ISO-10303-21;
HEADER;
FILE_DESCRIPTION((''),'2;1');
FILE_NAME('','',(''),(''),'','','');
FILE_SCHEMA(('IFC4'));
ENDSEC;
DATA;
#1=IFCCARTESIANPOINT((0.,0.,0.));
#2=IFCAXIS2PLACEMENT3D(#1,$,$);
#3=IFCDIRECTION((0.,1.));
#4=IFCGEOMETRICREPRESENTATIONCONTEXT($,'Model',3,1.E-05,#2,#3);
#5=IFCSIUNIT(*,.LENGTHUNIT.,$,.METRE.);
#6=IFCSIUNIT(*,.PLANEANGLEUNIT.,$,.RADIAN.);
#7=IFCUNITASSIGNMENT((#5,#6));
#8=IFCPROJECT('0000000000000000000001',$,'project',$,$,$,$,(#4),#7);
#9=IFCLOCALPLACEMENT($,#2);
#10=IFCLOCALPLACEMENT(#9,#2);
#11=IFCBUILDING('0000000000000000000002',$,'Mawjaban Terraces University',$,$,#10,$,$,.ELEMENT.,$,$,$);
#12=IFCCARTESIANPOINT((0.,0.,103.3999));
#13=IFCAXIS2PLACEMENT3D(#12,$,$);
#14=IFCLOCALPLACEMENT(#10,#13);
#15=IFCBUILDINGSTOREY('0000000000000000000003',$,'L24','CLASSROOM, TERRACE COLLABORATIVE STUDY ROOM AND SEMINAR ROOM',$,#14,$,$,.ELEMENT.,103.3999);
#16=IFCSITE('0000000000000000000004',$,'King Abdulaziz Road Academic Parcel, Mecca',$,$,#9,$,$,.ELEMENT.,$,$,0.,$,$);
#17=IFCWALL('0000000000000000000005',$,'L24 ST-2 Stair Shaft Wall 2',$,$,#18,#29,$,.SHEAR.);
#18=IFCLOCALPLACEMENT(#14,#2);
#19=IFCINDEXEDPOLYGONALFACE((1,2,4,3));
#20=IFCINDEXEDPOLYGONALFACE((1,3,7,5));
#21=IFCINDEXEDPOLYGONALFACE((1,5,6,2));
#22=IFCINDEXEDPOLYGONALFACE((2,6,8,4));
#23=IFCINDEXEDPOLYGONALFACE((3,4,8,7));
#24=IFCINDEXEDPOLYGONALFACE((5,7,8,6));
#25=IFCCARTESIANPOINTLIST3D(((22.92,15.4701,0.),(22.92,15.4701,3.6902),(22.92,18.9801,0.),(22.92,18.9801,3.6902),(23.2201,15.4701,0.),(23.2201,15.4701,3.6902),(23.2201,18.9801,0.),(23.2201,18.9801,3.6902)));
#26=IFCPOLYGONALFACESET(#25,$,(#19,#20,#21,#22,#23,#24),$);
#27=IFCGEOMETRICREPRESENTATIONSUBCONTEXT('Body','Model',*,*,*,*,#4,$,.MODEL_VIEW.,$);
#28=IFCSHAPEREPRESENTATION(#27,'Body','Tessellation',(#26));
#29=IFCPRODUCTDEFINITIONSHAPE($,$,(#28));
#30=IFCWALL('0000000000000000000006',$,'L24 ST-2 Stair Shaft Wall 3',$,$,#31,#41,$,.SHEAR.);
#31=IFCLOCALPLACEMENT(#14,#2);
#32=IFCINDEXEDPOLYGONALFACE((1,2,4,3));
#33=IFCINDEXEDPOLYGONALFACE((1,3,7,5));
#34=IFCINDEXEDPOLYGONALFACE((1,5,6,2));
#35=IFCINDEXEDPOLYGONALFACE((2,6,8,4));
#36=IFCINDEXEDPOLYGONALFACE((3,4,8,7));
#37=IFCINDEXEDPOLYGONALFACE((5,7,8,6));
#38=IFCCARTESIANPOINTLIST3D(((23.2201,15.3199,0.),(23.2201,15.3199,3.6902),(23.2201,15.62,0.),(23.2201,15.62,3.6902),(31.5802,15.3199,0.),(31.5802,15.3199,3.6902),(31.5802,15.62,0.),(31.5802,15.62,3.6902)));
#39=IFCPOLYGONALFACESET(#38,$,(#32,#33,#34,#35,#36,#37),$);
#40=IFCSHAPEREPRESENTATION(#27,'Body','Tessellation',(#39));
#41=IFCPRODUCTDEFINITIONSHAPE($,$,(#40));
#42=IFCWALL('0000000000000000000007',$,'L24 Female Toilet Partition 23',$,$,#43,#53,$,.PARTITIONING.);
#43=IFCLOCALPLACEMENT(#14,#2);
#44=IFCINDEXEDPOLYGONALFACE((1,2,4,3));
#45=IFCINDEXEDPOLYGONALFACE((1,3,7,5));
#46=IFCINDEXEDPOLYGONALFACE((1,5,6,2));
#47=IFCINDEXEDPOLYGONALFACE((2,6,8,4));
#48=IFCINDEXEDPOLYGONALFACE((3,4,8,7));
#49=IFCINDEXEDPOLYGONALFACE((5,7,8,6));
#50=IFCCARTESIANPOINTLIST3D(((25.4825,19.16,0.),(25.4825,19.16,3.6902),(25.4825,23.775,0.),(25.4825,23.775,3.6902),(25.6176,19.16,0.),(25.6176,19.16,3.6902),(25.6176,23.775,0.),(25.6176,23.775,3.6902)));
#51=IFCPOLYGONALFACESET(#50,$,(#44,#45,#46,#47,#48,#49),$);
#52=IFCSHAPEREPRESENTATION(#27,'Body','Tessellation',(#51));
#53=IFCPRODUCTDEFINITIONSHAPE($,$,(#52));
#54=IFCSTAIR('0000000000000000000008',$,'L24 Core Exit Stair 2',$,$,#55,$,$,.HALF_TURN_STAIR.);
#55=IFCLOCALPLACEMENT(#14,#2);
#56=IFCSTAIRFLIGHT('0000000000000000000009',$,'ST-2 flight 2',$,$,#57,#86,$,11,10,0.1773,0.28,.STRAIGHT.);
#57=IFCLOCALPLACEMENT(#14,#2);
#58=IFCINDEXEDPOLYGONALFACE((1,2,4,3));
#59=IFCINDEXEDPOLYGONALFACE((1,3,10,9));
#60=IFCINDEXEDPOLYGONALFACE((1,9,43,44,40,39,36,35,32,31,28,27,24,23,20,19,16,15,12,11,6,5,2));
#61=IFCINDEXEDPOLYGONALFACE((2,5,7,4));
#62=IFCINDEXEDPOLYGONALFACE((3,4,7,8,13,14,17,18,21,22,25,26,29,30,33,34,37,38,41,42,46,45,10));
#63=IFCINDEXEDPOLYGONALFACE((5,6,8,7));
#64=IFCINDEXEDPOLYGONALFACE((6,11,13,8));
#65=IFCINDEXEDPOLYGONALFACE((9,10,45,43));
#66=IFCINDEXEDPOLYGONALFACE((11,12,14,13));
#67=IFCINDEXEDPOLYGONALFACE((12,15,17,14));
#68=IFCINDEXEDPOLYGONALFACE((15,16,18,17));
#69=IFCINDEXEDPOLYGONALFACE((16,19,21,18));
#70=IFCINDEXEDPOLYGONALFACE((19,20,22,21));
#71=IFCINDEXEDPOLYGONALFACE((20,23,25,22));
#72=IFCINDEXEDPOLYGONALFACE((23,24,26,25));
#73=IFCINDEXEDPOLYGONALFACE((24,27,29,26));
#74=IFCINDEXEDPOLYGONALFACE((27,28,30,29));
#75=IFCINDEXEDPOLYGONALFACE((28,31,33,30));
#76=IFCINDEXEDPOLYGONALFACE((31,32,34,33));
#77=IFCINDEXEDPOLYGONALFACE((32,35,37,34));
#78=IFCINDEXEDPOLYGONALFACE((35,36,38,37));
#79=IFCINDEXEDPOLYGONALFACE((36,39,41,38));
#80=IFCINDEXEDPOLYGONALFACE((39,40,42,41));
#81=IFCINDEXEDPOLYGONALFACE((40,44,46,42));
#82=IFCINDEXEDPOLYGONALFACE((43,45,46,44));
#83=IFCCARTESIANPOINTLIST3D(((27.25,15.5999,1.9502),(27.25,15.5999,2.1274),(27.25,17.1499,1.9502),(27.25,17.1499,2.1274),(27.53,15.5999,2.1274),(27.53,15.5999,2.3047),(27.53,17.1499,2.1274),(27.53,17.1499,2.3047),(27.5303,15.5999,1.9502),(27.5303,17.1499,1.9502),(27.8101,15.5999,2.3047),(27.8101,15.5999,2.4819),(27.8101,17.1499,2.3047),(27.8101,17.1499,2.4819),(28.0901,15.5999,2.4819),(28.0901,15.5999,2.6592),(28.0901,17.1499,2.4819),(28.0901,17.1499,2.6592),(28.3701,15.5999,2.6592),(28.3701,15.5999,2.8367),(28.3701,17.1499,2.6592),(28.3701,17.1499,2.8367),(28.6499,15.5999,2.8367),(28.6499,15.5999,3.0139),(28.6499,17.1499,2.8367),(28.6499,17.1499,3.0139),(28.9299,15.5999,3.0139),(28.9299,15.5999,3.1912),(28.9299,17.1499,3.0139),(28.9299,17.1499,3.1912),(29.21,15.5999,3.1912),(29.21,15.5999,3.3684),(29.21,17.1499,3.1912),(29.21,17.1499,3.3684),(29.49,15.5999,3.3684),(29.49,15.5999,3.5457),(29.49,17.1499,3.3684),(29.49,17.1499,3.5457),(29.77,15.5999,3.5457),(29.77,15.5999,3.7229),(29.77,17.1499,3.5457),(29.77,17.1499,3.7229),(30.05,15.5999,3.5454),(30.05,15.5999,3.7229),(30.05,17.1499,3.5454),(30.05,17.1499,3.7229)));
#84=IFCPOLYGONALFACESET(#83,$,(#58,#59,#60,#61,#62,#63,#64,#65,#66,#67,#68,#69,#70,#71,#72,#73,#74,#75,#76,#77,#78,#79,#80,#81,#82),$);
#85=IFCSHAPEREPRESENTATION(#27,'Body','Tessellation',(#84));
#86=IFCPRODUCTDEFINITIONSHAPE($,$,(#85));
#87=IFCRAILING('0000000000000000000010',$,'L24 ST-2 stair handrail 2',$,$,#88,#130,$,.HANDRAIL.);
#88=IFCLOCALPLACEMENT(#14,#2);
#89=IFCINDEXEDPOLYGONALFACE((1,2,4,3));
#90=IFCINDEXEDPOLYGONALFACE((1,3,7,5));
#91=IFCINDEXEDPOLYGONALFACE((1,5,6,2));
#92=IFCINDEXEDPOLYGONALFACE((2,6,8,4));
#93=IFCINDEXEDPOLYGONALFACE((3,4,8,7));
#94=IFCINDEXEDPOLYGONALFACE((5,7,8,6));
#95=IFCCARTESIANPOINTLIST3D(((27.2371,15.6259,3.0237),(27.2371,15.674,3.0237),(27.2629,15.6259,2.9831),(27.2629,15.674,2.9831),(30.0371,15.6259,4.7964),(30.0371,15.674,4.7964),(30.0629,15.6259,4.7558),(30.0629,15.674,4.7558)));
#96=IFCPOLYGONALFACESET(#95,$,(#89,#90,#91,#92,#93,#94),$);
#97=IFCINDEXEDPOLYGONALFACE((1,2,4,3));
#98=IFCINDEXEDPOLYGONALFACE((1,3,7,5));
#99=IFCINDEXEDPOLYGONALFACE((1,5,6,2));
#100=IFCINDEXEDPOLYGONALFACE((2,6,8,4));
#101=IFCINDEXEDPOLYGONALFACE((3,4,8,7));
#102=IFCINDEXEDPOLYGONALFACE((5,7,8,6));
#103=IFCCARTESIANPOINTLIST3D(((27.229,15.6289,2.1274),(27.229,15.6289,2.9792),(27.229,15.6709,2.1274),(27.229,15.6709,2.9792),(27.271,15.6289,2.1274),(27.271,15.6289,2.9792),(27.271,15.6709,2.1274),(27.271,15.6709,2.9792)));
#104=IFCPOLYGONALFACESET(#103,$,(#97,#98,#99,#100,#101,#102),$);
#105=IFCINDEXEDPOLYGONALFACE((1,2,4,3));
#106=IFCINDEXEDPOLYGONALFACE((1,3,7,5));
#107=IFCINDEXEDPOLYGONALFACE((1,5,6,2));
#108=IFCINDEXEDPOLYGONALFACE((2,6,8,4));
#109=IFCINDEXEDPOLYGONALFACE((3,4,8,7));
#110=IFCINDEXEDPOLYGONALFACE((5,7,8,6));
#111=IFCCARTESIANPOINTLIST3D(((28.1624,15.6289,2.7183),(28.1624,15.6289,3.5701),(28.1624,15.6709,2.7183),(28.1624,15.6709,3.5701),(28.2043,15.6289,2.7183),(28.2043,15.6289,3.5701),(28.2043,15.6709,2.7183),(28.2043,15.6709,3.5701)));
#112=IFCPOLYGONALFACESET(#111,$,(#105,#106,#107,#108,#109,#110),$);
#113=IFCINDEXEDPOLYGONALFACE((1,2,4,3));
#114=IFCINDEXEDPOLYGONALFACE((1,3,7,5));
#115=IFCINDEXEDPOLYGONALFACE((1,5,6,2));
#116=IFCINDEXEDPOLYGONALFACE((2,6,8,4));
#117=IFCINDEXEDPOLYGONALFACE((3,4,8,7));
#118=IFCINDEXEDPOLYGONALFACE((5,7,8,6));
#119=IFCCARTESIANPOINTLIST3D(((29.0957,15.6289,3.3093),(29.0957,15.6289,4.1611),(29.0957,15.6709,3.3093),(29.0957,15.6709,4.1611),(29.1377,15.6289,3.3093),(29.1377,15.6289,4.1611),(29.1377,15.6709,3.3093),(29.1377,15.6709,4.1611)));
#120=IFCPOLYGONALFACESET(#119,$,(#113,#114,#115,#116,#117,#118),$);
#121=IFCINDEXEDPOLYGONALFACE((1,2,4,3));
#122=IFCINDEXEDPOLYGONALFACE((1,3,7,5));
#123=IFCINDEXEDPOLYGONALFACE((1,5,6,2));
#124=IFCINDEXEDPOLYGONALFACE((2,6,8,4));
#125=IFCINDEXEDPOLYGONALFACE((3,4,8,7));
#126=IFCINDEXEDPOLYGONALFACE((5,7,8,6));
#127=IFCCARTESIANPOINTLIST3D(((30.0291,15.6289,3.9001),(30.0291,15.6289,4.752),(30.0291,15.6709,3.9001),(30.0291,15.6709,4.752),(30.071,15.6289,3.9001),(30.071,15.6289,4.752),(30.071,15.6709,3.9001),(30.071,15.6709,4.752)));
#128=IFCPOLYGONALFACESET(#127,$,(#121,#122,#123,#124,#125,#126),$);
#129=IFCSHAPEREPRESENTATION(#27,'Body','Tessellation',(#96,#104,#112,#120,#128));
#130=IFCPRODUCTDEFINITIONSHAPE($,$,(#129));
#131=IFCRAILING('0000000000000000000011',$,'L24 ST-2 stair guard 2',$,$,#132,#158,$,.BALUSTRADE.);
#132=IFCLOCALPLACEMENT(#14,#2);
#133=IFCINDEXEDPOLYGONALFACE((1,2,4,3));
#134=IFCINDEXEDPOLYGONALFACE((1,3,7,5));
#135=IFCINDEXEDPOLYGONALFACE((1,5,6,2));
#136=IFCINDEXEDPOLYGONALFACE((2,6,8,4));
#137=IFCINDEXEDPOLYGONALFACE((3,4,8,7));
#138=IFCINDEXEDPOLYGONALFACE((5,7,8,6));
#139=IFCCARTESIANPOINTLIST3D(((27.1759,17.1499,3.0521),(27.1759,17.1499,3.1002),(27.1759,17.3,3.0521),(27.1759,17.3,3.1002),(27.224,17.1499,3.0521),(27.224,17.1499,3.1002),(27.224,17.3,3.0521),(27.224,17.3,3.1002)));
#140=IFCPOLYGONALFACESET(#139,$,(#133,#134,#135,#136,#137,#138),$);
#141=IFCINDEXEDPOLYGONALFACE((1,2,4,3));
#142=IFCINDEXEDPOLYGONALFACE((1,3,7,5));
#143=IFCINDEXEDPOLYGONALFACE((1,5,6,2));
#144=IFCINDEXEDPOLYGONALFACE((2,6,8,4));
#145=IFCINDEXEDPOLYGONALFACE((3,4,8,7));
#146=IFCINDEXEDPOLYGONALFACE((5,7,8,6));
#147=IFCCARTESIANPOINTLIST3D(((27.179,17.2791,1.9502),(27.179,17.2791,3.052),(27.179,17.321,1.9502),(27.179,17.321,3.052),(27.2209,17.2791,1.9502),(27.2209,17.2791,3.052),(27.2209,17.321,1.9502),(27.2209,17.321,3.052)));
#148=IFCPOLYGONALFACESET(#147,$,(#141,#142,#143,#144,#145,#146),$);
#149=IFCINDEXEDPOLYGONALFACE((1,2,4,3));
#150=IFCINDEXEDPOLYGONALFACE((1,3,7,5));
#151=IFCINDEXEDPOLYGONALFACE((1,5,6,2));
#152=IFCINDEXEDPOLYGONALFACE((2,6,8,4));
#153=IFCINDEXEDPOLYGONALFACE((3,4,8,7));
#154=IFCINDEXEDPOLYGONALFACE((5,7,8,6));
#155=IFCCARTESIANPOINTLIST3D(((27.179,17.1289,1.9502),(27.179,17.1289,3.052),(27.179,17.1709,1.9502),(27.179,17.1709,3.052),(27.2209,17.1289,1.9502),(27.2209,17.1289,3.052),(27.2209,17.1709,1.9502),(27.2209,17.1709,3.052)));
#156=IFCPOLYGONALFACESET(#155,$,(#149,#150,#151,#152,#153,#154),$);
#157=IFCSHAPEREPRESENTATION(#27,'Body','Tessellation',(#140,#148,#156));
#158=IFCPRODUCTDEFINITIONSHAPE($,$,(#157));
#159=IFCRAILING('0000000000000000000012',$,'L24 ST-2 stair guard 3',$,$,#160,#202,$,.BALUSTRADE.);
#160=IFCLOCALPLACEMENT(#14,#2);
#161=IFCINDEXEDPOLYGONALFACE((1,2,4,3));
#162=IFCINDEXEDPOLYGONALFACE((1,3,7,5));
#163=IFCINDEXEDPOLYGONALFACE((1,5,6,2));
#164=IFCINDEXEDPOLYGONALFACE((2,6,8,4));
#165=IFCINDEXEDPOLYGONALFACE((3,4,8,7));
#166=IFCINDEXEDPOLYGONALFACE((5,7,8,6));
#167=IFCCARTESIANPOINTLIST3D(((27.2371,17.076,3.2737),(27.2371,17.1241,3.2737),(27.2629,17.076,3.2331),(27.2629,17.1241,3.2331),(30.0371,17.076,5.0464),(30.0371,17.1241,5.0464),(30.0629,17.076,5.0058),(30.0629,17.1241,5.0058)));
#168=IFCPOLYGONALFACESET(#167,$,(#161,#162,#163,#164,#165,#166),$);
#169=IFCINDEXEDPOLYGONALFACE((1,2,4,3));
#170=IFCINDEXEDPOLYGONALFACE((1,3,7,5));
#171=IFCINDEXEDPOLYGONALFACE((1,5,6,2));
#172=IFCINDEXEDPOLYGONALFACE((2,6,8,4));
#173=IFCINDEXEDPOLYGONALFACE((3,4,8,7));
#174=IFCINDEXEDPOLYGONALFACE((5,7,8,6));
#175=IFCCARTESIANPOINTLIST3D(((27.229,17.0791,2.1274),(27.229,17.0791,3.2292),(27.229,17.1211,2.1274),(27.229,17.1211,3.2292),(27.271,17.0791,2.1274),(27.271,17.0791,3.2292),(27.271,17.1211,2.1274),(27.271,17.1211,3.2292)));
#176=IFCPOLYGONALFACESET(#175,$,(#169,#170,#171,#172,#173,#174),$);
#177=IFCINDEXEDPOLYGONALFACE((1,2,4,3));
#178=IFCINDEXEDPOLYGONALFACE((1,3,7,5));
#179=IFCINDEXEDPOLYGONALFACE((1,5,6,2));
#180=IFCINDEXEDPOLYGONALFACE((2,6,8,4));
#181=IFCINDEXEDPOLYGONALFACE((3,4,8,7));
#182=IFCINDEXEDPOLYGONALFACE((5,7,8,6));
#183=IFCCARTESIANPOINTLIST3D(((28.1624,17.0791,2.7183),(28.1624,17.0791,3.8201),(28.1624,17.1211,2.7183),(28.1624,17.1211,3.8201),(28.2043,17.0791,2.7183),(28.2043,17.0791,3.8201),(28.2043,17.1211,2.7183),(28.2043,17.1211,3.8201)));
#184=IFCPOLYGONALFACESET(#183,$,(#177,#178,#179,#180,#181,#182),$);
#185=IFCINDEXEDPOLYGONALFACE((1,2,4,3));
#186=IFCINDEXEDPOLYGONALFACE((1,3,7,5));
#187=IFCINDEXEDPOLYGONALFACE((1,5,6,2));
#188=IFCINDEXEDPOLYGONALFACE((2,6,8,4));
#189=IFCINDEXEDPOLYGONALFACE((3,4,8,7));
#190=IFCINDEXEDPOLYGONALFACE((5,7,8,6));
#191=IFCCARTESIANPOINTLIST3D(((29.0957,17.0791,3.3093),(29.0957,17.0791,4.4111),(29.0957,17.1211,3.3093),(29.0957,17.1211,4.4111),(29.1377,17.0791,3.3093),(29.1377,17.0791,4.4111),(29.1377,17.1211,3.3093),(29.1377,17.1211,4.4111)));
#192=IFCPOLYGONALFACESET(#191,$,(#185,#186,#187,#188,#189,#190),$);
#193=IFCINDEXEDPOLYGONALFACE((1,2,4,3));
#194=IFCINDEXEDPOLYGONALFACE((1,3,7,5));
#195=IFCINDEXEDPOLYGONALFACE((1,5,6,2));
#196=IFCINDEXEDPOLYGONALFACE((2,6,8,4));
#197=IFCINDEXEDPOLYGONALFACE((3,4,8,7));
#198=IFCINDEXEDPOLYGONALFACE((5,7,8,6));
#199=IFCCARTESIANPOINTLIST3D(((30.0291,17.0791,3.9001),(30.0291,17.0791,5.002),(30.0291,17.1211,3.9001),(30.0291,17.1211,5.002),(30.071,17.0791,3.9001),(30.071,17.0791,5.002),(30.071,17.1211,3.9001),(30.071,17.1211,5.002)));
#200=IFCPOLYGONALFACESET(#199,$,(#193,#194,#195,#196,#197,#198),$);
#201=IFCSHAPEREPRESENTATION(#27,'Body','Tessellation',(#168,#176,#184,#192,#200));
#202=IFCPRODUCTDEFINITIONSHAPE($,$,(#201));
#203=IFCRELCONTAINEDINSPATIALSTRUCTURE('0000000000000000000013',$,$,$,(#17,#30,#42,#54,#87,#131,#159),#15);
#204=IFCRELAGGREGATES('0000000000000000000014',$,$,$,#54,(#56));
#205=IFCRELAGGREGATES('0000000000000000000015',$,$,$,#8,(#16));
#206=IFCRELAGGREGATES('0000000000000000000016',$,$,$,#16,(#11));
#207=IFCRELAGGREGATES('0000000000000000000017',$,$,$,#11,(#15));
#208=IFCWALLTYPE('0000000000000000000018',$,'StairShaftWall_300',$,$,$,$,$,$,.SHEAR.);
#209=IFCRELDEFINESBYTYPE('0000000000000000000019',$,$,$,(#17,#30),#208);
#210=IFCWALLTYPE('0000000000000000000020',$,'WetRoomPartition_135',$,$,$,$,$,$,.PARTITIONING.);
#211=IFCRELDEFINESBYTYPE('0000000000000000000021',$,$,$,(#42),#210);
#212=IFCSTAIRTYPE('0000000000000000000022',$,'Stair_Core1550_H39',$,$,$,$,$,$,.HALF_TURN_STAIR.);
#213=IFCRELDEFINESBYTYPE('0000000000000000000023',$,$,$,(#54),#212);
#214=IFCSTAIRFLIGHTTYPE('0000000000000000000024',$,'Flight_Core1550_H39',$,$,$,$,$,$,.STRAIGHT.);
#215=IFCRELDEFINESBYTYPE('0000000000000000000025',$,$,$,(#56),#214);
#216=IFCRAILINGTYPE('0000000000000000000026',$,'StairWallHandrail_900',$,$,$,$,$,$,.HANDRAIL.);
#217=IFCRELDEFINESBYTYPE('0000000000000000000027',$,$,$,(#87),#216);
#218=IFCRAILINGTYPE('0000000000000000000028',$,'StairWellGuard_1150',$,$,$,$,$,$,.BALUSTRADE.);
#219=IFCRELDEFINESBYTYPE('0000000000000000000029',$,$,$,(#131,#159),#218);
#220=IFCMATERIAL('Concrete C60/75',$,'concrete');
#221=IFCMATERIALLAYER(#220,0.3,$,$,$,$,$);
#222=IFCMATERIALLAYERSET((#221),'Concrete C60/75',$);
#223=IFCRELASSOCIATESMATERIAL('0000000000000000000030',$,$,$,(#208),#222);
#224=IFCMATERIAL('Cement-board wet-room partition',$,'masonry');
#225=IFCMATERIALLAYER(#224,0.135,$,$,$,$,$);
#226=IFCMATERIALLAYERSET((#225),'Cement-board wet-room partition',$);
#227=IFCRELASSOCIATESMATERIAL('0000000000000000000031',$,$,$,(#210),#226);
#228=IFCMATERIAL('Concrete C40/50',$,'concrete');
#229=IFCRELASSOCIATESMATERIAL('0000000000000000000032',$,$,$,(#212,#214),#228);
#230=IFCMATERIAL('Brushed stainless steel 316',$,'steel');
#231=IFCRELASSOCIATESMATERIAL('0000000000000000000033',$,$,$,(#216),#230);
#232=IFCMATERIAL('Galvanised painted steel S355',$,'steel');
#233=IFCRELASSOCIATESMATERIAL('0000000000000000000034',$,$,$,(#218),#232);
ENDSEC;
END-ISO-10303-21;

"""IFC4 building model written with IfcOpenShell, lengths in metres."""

from ifc_helpers import new_model, si_unit, direction, frame, frame_2d, origin, origin_2d, place, context, subcontext, project, spatial, polyline, rectangle, outline, extrude, material, layer, layer_set, type_object, element, aggregate, save


model = new_model("IFC4")

# Units and contexts
model_context = context("Model", 3, precision=1e-05, world=origin(), true_north=direction((0.0, 1.0)))
body_context = subcontext(model_context, "Body", "Model", "MODEL_VIEW")
ifc_project = project(units=[si_unit("LENGTHUNIT", "METRE"), si_unit("PLANEANGLEUNIT", "RADIAN")], contexts=[model_context])

# Site, building, storey
site_placement = place(None, origin())
site = spatial("IfcSite", under=ifc_project, at=site_placement, Name="King Abdulaziz Road Academic Parcel, Mecca", CompositionType="ELEMENT", RefElevation=0.0)
building_placement = place(site_placement, origin())
building = spatial("IfcBuilding", under=site, at=building_placement, Name="Mawjaban Terraces University", CompositionType="ELEMENT")
storey_placement = place(building_placement, frame((0.0, 0.0, 103.3999)))
storey = spatial("IfcBuildingStorey", under=building, at=storey_placement, Name="L24", Description="CLASSROOM, TERRACE COLLABORATIVE STUDY ROOM AND SEMINAR ROOM", CompositionType="ELEMENT", Elevation=103.3999)

# Shared definitions
ifc_material_1 = material(Name="Concrete C60/75", Category="concrete")

# Walls
ifc_material_2 = material(Name="Concrete C40/50", Category="concrete")
ifc_layer_1 = layer(ifc_material_1, 0.3)
ifc_layer_set_1 = layer_set([ifc_layer_1], Name="Concrete C60/75")
wall_type_1 = type_object("IfcWallType", Name="StairShaftWall_300", PredefinedType="SHEAR", material=ifc_layer_set_1)
wall_1_placement = place(storey_placement, frame((23.0701, 18.98, 0.0), z_axis=(0.0, 0.0, 1.0), x_axis=(0.0, -1.0, 0.0)))
element("IfcWall", 1, at=wall_1_placement, inside=storey, type_object=wall_type_1, Name="L24 ST-2 Stair Shaft Wall 2", PredefinedType="SHEAR", context=body_context, shape_type="SweptSolid", body=[
    extrude(rectangle(XDim=3.51, YDim=0.3, at=frame_2d((1.7549, 0.0))), origin(), (0.0, 0.0, 1.0), 3.6902),
])
wall_2_placement = place(storey_placement, frame((23.22, 15.47, 0.0), z_axis=(0.0, 0.0, 1.0), x_axis=(1.0, 0.0, 0.0)))
element("IfcWall", 2, at=wall_2_placement, inside=storey, type_object=wall_type_1, Name="L24 ST-2 Stair Shaft Wall 3", PredefinedType="SHEAR", context=body_context, shape_type="SweptSolid", body=[
    extrude(rectangle(XDim=8.3601, YDim=0.3, at=frame_2d((4.1802, 0.0))), origin(), (0.0, 0.0, 1.0), 3.6902),
])
ifc_material_3 = material(Name="Cement-board wet-room partition", Category="masonry")
ifc_layer_2 = layer(ifc_material_3, 0.135)
ifc_layer_set_2 = layer_set([ifc_layer_2], Name="Cement-board wet-room partition")
wall_type_2 = type_object("IfcWallType", Name="WetRoomPartition_135", PredefinedType="PARTITIONING", material=ifc_layer_set_2)
wall_3_placement = place(storey_placement, frame((25.55, 19.1599, 0.0), z_axis=(0.0, 0.0, 1.0), x_axis=(0.0, 1.0, 0.0)))
element("IfcWall", 3, at=wall_3_placement, inside=storey, type_object=wall_type_2, Name="L24 Female Toilet Partition 23", PredefinedType="PARTITIONING", context=body_context, shape_type="SweptSolid", body=[
    extrude(rectangle(XDim=4.615, YDim=0.135, at=frame_2d((2.3076, 0.0))), origin(), (0.0, 0.0, 1.0), 3.6902),
])

# Stair, stair flight
stair_type = type_object("IfcStairType", Name="Stair_Core1550_H39", PredefinedType="HALF_TURN_STAIR", material=ifc_material_2)
stair_placement = place(storey_placement, origin())
stair = element("IfcStair", 4, at=stair_placement, inside=storey, type_object=stair_type, Name="L24 Core Exit Stair 2", PredefinedType="HALF_TURN_STAIR")
stair_flight_type = type_object("IfcStairFlightType", Name="Flight_Core1550_H39", PredefinedType="STRAIGHT", material=ifc_material_2)
stair_flight_placement = place(storey_placement, frame((27.25, 16.375, 1.9502), z_axis=(0.0, 0.0, 1.0), x_axis=(1.0, 0.0, 0.0)))
stair_flight = element("IfcStairFlight", 5, at=stair_flight_placement, type_object=stair_flight_type, Name="ST-2 flight 2", NumberOfRisers=11, NumberOfTreads=10, PredefinedType="STRAIGHT", RiserHeight=0.1773, TreadLength=0.28, context=body_context, shape_type="SweptSolid", body=[
    extrude(outline(polyline([(0.0, 0.0), (0.0, 0.1772), (0.28, 0.1772), (0.28, 0.3545), (0.5601, 0.3545), (0.5601, 0.5317), (0.8401, 0.5317), (0.8401, 0.709), (1.1201, 0.709), (1.1201, 0.8865), (1.3999, 0.8865), (1.3999, 1.0637), (1.6799, 1.0637), (1.6799, 1.241), (1.96, 1.241), (1.96, 1.4182), (2.24, 1.4182), (2.24, 1.5955), (2.52, 1.5955), (2.52, 1.7727), (2.8, 1.7727), (2.8, 1.95), (2.8, 1.5952), (0.2803, 0.0), (0.0, 0.0)])), frame((0.0, 0.7749, 0.0), z_axis=(0.0, -1.0, 0.0), x_axis=(1.0, 0.0, 0.0)), (0.0, 0.0, 1.0), 1.55),
])
aggregate(stair, [stair_flight])

# Railings
ifc_material_4 = material(Name="Brushed stainless steel 316", Category="steel")
railing_type_1 = type_object("IfcRailingType", Name="StairWallHandrail_900", PredefinedType="HANDRAIL", material=ifc_material_4)
railing_1_placement = place(storey_placement, frame((27.25, 15.6499, 2.1274)))
element("IfcRailing", 6, at=railing_1_placement, inside=storey, type_object=railing_type_1, Name="L24 ST-2 stair handrail 2", PredefinedType="HANDRAIL", context=body_context, shape_type="SweptSolid", body=[
    extrude(rectangle(XDim=0.0481, YDim=0.0481, at=origin_2d()), frame((0.0, 0.0, 0.876), z_axis=(0.844909, 0.0, 0.53491), x_axis=(0.0, 1.0, 0.0)), (0.0, 0.0, 1.0), 3.314),
    extrude(rectangle(XDim=0.042, YDim=0.042, at=origin_2d()), origin(), (0.0, 0.0, 1.0), 0.8518),
    extrude(rectangle(XDim=0.042, YDim=0.042, at=origin_2d()), frame((0.9333, 0.0, 0.5908)), (0.0, 0.0, 1.0), 0.8518),
    extrude(rectangle(XDim=0.042, YDim=0.042, at=origin_2d()), frame((1.8667, 0.0, 1.1819)), (0.0, 0.0, 1.0), 0.8518),
    extrude(rectangle(XDim=0.042, YDim=0.042, at=origin_2d()), frame((2.8, 0.0, 1.7727)), (0.0, 0.0, 1.0), 0.8518),
])
ifc_material_5 = material(Name="Galvanised painted steel S355", Category="steel")
railing_type_2 = type_object("IfcRailingType", Name="StairWellGuard_1150", PredefinedType="BALUSTRADE", material=ifc_material_5)
railing_2_placement = place(storey_placement, frame((27.2, 17.3, 1.9502)))
element("IfcRailing", 7, at=railing_2_placement, inside=storey, type_object=railing_type_2, Name="L24 ST-2 stair guard 2", PredefinedType="BALUSTRADE", context=body_context, shape_type="SweptSolid", body=[
    extrude(rectangle(XDim=0.0481, YDim=0.0481, at=origin_2d()), frame((0.0, 0.0, 1.126), z_axis=(0.0, -1.0, 0.0), x_axis=(1.0, 0.0, 0.0)), (0.0, 0.0, 1.0), 0.1501),
    extrude(rectangle(XDim=0.042, YDim=0.042, at=origin_2d()), origin(), (0.0, 0.0, 1.0), 1.1018),
    extrude(rectangle(XDim=0.042, YDim=0.042, at=origin_2d()), frame((0.0, -0.1501, 0.0)), (0.0, 0.0, 1.0), 1.1018),
])
railing_3_placement = place(storey_placement, frame((27.25, 17.1001, 2.1274)))
element("IfcRailing", 8, at=railing_3_placement, inside=storey, type_object=railing_type_2, Name="L24 ST-2 stair guard 3", PredefinedType="BALUSTRADE", context=body_context, shape_type="SweptSolid", body=[
    extrude(rectangle(XDim=0.0481, YDim=0.0481, at=origin_2d()), frame((0.0, 0.0, 1.126), z_axis=(0.844909, 0.0, 0.53491), x_axis=(0.0, 1.0, 0.0)), (0.0, 0.0, 1.0), 3.314),
    extrude(rectangle(XDim=0.042, YDim=0.042, at=origin_2d()), origin(), (0.0, 0.0, 1.0), 1.1018),
    extrude(rectangle(XDim=0.042, YDim=0.042, at=origin_2d()), frame((0.9333, 0.0, 0.5908)), (0.0, 0.0, 1.0), 1.1018),
    extrude(rectangle(XDim=0.042, YDim=0.042, at=origin_2d()), frame((1.8667, 0.0, 1.1819)), (0.0, 0.0, 1.0), 1.1018),
    extrude(rectangle(XDim=0.042, YDim=0.042, at=origin_2d()), frame((2.8, 0.0, 1.7727)), (0.0, 0.0, 1.0), 1.1018),
])

save(model, "model.ifc")
